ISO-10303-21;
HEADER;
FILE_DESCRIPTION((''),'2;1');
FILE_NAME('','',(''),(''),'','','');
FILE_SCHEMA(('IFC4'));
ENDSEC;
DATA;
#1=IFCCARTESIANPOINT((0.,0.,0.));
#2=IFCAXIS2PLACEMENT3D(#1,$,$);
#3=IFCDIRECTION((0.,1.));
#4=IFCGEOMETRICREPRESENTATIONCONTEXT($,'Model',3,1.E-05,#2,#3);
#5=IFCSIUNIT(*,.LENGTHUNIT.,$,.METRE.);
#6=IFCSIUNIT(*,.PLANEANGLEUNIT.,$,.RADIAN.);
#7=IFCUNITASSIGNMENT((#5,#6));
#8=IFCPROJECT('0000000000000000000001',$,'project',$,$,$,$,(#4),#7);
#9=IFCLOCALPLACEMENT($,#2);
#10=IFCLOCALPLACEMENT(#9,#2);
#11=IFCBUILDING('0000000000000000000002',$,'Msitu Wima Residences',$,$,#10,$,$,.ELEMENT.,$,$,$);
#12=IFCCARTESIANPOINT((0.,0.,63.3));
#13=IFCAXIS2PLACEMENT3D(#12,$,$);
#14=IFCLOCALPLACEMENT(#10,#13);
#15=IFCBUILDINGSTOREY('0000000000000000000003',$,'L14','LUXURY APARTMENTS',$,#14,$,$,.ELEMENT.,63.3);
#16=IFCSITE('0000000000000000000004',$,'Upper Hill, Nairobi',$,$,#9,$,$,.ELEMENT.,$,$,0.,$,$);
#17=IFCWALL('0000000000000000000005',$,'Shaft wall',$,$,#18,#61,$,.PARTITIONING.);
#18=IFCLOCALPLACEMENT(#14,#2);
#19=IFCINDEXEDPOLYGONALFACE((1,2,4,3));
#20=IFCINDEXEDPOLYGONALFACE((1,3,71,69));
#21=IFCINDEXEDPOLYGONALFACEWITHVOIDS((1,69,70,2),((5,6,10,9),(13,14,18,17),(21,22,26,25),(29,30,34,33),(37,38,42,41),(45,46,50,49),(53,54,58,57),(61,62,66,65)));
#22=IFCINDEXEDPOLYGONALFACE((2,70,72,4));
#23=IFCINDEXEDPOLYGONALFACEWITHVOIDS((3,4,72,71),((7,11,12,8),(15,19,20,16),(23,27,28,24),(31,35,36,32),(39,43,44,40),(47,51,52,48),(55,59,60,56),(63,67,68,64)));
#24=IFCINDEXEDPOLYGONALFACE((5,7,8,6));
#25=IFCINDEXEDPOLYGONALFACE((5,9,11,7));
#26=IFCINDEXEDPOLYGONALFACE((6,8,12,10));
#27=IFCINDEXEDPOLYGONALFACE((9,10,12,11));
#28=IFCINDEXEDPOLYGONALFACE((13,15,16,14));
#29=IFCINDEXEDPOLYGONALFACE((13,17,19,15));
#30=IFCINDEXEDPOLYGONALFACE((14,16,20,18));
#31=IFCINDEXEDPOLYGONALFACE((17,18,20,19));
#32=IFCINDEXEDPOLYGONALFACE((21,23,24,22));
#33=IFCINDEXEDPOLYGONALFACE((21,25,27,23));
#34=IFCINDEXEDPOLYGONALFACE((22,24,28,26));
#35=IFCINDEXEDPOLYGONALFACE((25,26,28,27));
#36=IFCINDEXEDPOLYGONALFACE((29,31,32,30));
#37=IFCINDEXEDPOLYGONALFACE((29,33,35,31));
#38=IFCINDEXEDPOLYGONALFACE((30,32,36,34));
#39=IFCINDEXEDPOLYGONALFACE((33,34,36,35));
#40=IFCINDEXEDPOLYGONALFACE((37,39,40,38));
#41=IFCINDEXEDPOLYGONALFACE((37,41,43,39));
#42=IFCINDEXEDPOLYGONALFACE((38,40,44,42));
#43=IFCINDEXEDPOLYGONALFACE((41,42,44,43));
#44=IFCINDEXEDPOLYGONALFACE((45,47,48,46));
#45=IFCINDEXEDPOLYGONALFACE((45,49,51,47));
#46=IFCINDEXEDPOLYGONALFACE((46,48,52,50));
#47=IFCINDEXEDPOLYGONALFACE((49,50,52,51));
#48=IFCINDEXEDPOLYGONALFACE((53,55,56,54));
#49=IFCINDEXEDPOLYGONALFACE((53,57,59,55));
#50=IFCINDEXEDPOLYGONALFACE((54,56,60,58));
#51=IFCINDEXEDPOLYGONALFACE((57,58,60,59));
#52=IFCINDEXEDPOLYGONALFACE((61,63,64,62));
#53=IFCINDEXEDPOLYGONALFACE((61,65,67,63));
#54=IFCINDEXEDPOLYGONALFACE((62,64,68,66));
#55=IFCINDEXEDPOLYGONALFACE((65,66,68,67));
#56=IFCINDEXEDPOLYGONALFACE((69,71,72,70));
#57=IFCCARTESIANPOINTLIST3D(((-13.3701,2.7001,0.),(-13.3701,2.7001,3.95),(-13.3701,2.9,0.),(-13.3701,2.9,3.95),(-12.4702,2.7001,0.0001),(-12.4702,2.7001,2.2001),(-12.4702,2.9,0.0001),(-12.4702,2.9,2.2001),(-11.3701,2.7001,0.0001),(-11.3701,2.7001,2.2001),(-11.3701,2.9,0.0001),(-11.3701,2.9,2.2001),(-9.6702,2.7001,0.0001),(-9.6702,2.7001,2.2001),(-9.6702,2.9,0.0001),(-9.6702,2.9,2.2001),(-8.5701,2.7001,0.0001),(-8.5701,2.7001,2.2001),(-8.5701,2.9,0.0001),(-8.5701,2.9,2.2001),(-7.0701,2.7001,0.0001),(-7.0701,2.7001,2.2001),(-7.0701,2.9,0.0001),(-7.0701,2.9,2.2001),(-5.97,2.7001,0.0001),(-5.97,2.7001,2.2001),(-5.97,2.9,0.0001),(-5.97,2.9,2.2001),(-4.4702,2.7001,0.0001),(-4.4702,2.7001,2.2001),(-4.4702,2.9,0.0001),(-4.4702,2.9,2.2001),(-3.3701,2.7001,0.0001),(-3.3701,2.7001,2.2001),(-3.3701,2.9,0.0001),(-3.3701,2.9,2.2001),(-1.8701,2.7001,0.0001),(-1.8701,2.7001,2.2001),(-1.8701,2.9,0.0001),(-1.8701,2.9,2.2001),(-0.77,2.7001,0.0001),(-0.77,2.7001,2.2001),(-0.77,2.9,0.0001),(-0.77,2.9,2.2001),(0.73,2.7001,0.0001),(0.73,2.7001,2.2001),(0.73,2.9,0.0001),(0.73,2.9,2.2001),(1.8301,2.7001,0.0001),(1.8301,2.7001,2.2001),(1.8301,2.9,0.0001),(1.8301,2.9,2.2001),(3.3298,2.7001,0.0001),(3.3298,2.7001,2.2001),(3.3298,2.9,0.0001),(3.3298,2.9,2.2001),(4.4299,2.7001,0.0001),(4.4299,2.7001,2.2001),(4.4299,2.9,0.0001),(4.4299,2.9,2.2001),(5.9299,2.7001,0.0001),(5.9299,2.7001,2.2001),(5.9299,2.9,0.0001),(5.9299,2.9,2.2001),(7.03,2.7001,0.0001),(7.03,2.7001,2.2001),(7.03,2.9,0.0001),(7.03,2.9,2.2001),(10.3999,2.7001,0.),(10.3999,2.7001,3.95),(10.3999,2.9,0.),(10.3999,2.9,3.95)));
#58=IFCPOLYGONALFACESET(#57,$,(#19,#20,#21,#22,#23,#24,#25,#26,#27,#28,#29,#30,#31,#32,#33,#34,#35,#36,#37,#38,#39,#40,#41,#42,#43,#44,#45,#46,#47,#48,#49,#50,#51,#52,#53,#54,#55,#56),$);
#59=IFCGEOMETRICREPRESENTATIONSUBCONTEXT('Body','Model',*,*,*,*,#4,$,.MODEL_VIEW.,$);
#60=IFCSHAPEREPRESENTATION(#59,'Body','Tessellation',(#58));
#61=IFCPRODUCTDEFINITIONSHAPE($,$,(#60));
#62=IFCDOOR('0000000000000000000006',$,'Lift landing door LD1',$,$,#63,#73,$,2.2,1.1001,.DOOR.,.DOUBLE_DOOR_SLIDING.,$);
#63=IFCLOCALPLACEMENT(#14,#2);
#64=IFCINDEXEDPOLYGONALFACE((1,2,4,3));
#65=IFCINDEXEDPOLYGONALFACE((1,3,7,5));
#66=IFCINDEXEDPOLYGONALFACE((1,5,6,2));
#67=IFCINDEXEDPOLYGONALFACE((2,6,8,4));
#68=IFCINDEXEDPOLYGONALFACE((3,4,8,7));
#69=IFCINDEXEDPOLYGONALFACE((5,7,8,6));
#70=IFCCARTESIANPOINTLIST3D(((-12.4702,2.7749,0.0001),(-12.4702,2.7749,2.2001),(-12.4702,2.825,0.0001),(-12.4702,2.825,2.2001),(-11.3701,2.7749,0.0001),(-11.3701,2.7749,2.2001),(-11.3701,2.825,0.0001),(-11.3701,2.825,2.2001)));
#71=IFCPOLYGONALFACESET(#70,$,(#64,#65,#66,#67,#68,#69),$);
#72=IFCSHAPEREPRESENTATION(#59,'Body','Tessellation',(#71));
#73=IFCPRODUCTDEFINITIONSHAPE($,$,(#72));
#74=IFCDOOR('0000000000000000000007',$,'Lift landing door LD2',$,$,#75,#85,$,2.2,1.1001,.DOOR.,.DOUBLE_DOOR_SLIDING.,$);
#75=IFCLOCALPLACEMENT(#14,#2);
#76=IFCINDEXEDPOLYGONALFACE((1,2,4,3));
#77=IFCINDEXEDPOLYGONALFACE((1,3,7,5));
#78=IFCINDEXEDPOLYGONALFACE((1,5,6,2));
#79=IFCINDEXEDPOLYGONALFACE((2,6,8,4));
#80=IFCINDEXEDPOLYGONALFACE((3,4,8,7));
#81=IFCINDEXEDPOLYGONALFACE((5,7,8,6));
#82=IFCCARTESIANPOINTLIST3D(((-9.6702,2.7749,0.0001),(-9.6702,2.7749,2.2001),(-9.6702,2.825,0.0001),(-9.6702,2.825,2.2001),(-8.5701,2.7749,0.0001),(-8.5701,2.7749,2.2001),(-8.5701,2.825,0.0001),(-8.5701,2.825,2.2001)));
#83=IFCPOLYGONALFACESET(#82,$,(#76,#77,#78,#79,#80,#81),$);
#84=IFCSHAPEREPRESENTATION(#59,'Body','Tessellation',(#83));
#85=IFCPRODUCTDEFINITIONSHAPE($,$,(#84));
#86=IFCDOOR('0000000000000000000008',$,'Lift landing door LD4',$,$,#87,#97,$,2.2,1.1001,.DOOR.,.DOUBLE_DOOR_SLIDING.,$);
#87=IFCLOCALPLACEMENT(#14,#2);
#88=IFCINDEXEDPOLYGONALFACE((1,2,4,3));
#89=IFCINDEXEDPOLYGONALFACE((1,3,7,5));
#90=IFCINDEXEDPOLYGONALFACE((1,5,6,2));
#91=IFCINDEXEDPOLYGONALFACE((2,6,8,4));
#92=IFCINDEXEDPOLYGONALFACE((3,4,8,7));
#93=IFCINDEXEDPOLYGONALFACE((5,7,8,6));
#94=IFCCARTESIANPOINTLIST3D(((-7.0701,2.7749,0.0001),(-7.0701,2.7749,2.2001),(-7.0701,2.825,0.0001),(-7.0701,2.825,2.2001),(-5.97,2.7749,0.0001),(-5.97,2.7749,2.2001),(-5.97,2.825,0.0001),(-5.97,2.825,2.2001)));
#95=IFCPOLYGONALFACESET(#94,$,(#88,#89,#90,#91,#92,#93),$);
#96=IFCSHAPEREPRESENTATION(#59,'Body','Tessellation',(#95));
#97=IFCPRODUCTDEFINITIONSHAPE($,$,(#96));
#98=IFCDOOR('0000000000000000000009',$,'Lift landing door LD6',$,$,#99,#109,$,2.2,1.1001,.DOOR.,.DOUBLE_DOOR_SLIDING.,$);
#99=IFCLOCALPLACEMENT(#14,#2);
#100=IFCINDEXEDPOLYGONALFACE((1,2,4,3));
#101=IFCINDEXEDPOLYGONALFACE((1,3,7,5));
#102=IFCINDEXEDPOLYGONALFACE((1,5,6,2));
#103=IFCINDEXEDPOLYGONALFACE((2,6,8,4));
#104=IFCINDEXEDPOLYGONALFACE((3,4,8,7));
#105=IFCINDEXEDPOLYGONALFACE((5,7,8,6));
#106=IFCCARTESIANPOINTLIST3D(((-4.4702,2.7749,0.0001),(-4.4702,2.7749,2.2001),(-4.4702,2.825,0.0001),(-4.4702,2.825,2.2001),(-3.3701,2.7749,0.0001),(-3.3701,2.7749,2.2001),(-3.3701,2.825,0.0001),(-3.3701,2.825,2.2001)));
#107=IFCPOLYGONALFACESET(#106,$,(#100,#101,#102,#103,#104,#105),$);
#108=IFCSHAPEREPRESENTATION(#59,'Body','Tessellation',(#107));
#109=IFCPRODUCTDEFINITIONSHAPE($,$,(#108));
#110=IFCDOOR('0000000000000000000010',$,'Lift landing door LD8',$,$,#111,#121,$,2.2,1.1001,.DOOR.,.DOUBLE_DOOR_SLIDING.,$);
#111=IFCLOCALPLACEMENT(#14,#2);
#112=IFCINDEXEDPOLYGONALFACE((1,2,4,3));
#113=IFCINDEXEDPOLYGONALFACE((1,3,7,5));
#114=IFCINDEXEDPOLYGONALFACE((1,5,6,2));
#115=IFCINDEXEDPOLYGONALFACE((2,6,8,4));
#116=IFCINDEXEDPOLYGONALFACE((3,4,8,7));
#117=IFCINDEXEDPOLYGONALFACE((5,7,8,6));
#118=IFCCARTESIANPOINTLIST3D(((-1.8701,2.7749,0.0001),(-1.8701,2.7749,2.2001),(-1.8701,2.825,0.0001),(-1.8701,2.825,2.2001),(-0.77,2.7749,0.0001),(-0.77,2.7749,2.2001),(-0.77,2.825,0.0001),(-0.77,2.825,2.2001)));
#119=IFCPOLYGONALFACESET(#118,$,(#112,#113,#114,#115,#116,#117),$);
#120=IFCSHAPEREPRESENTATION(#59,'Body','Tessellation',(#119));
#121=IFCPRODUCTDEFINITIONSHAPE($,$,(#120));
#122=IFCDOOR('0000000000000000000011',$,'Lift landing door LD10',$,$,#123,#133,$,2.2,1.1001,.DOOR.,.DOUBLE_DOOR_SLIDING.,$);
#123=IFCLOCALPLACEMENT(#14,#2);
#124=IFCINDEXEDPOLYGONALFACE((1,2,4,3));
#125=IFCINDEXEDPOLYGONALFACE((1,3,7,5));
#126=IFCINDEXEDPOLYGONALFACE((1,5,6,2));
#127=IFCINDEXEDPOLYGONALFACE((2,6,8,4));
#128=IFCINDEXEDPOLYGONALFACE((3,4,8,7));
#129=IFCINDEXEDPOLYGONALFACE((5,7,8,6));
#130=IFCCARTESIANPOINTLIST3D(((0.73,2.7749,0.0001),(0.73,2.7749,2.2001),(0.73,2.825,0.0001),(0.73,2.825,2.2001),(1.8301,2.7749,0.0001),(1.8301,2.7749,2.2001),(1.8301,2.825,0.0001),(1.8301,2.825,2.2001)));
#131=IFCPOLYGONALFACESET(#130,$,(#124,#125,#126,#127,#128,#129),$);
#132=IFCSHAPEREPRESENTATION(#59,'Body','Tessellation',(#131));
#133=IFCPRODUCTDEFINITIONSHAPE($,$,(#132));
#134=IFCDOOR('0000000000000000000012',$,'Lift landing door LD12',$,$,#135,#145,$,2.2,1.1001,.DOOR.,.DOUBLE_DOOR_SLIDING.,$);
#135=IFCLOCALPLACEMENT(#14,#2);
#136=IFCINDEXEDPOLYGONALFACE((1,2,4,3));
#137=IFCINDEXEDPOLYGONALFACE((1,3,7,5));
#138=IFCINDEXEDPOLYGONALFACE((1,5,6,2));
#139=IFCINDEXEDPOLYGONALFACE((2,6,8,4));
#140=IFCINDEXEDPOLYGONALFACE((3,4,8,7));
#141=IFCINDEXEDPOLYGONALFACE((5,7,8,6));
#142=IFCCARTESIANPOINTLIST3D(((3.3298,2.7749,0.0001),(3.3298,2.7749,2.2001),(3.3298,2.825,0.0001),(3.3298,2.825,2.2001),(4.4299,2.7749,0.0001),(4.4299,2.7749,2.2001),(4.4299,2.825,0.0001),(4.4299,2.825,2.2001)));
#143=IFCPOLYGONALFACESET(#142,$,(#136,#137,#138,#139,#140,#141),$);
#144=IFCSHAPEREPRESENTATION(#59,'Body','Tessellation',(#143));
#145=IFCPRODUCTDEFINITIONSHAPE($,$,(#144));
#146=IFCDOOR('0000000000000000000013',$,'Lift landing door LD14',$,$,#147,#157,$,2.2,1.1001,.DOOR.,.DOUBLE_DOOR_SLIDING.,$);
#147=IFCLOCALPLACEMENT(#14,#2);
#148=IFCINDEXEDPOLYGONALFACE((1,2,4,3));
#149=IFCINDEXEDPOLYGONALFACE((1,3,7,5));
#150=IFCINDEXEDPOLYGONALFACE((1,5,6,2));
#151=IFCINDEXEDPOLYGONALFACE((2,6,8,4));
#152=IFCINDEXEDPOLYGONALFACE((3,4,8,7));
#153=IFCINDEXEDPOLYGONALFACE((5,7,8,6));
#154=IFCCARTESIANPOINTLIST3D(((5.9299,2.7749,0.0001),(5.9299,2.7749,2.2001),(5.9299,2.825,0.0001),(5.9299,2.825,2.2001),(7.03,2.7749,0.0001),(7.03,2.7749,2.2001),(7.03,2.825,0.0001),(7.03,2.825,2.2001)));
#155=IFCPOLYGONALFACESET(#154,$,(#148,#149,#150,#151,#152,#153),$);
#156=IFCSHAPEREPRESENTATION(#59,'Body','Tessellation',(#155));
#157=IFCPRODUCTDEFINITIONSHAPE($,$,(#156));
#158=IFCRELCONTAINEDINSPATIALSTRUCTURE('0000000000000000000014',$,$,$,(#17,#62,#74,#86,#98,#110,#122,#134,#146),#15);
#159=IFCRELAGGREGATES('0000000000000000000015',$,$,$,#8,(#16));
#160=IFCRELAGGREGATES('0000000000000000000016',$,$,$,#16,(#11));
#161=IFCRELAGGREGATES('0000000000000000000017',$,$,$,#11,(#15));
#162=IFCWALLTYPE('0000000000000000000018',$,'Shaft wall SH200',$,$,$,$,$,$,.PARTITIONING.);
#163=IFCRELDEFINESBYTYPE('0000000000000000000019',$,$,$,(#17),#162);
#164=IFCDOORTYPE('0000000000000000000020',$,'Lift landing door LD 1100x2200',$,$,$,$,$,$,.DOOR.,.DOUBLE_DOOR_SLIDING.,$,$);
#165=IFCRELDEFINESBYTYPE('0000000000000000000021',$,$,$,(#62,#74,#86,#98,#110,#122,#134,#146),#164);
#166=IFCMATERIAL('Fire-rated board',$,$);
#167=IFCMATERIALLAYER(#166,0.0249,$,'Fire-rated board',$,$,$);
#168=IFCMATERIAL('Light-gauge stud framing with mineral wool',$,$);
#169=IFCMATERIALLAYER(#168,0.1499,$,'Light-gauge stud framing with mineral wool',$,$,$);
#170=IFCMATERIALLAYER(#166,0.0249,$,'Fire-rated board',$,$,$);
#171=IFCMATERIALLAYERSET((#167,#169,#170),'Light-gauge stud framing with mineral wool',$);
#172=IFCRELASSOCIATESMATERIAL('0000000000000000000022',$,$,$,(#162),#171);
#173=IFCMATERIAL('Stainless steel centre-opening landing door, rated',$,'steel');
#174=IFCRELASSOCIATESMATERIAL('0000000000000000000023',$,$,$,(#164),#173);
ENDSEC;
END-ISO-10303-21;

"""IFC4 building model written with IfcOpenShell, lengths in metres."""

from ifc_helpers import new_model, si_unit, direction, frame, frame_2d, origin, place, context, subcontext, project, spatial, rectangle, extrude, material, layer, layer_set, type_object, element, fill, save


model = new_model("IFC4")

# Units and contexts
model_context = context("Model", 3, precision=1e-05, world=origin(), true_north=direction((0.0, 1.0)))
body_context = subcontext(model_context, "Body", "Model", "MODEL_VIEW")
ifc_project = project(units=[si_unit("LENGTHUNIT", "METRE"), si_unit("PLANEANGLEUNIT", "RADIAN")], contexts=[model_context])

# Site, building, storey
site_placement = place(None, origin())
site = spatial("IfcSite", under=ifc_project, at=site_placement, Name="Upper Hill, Nairobi", CompositionType="ELEMENT", RefElevation=0.0)
building_placement = place(site_placement, origin())
building = spatial("IfcBuilding", under=site, at=building_placement, Name="Msitu Wima Residences", CompositionType="ELEMENT")
storey_placement = place(building_placement, frame((0.0, 0.0, 63.3)))
storey = spatial("IfcBuildingStorey", under=building, at=storey_placement, Name="L14", Description="LUXURY APARTMENTS", CompositionType="ELEMENT", Elevation=63.3)

# Wall, openings, doors
ifc_material_1 = material(Name="Fire-rated board")
ifc_layer_1 = layer(ifc_material_1, 0.0249, Name="Fire-rated board")
ifc_material_2 = material(Name="Light-gauge stud framing with mineral wool")
ifc_layer_2 = layer(ifc_material_2, 0.1499, Name="Light-gauge stud framing with mineral wool")
ifc_layer_3 = layer(ifc_material_1, 0.0249, Name="Fire-rated board")
ifc_layer_set_1 = layer_set([ifc_layer_1, ifc_layer_2, ifc_layer_3], Name="Light-gauge stud framing with mineral wool")
wall_type_1 = type_object("IfcWallType", Name="Shaft wall SH200", PredefinedType="PARTITIONING", material=ifc_layer_set_1)
wall_1_placement = place(storey_placement, frame((-13.3701, 2.8, 0.0), z_axis=(0.0, 0.0, 1.0), x_axis=(1.0, 0.0, 0.0)))
wall_1 = element("IfcWall", 1, at=wall_1_placement, inside=storey, type_object=wall_type_1, Name="Shaft wall", PredefinedType="PARTITIONING", context=body_context, shape_type="SweptSolid", body=[
    extrude(rectangle(XDim=23.77, YDim=0.2, at=frame_2d((11.885, 0.0))), origin(), (0.0, 0.0, 1.0), 3.95),
])
opening_1_placement = place(wall_1_placement, frame((0.8999, 0.0, 0.0)))
opening_1 = element("IfcOpeningElement", 2, at=opening_1_placement, cuts=wall_1, PredefinedType="OPENING", context=body_context, shape_type="SweptSolid", body=[
    extrude(rectangle(XDim=1.1001, YDim=2.2, at=frame_2d((0.55, 1.1001))), frame((0.0, 0.1099, 0.0), z_axis=(0.0, -1.0, 0.0), x_axis=(1.0, 0.0, 0.0)), (0.0, 0.0, 1.0), 0.22),
])
opening_2_placement = place(wall_1_placement, frame((3.7, 0.0, 0.0)))
opening_2 = element("IfcOpeningElement", 3, at=opening_2_placement, cuts=wall_1, PredefinedType="OPENING", context=body_context, shape_type="SweptSolid", body=[
    extrude(rectangle(XDim=1.1001, YDim=2.2, at=frame_2d((0.55, 1.1001))), frame((0.0, 0.1099, 0.0), z_axis=(0.0, -1.0, 0.0), x_axis=(1.0, 0.0, 0.0)), (0.0, 0.0, 1.0), 0.22),
])
opening_3_placement = place(wall_1_placement, frame((6.3, 0.0, 0.0)))
opening_3 = element("IfcOpeningElement", 4, at=opening_3_placement, cuts=wall_1, PredefinedType="OPENING", context=body_context, shape_type="SweptSolid", body=[
    extrude(rectangle(XDim=1.1001, YDim=2.2, at=frame_2d((0.55, 1.1001))), frame((0.0, 0.1099, 0.0), z_axis=(0.0, -1.0, 0.0), x_axis=(1.0, 0.0, 0.0)), (0.0, 0.0, 1.0), 0.22),
])
opening_4_placement = place(wall_1_placement, frame((8.8999, 0.0, 0.0)))
opening_4 = element("IfcOpeningElement", 5, at=opening_4_placement, cuts=wall_1, PredefinedType="OPENING", context=body_context, shape_type="SweptSolid", body=[
    extrude(rectangle(XDim=1.1001, YDim=2.2, at=frame_2d((0.55, 1.1001))), frame((0.0, 0.1099, 0.0), z_axis=(0.0, -1.0, 0.0), x_axis=(1.0, 0.0, 0.0)), (0.0, 0.0, 1.0), 0.22),
])
opening_5_placement = place(wall_1_placement, frame((11.5, 0.0, 0.0)))
opening_5 = element("IfcOpeningElement", 6, at=opening_5_placement, cuts=wall_1, PredefinedType="OPENING", context=body_context, shape_type="SweptSolid", body=[
    extrude(rectangle(XDim=1.1001, YDim=2.2, at=frame_2d((0.55, 1.1001))), frame((0.0, 0.1099, 0.0), z_axis=(0.0, -1.0, 0.0), x_axis=(1.0, 0.0, 0.0)), (0.0, 0.0, 1.0), 0.22),
])
opening_6_placement = place(wall_1_placement, frame((14.1001, 0.0, 0.0)))
opening_6 = element("IfcOpeningElement", 7, at=opening_6_placement, cuts=wall_1, PredefinedType="OPENING", context=body_context, shape_type="SweptSolid", body=[
    extrude(rectangle(XDim=1.1001, YDim=2.2, at=frame_2d((0.55, 1.1001))), frame((0.0, 0.1099, 0.0), z_axis=(0.0, -1.0, 0.0), x_axis=(1.0, 0.0, 0.0)), (0.0, 0.0, 1.0), 0.22),
])
opening_7_placement = place(wall_1_placement, frame((16.7, 0.0, 0.0)))
opening_7 = element("IfcOpeningElement", 8, at=opening_7_placement, cuts=wall_1, PredefinedType="OPENING", context=body_context, shape_type="SweptSolid", body=[
    extrude(rectangle(XDim=1.1001, YDim=2.2, at=frame_2d((0.55, 1.1001))), frame((0.0, 0.1099, 0.0), z_axis=(0.0, -1.0, 0.0), x_axis=(1.0, 0.0, 0.0)), (0.0, 0.0, 1.0), 0.22),
])
opening_8_placement = place(wall_1_placement, frame((19.3, 0.0, 0.0)))
opening_8 = element("IfcOpeningElement", 9, at=opening_8_placement, cuts=wall_1, PredefinedType="OPENING", context=body_context, shape_type="SweptSolid", body=[
    extrude(rectangle(XDim=1.1001, YDim=2.2, at=frame_2d((0.55, 1.1001))), frame((0.0, 0.1099, 0.0), z_axis=(0.0, -1.0, 0.0), x_axis=(1.0, 0.0, 0.0)), (0.0, 0.0, 1.0), 0.22),
])
ifc_material_3 = material(Name="Stainless steel centre-opening landing door, rated", Category="steel")
door_type_1 = type_object("IfcDoorType", Name="Lift landing door LD 1100x2200", OperationType="DOUBLE_DOOR_SLIDING", PredefinedType="DOOR", material=ifc_material_3)
door_1_placement = place(opening_1_placement, origin())
door_1 = element("IfcDoor", 10, at=door_1_placement, inside=storey, type_object=door_type_1, Name="Lift landing door LD1", OperationType="DOUBLE_DOOR_SLIDING", OverallHeight=2.2, OverallWidth=1.1001, PredefinedType="DOOR", context=body_context, shape_type="SweptSolid", body=[
    extrude(rectangle(XDim=1.1001, YDim=2.2, at=frame_2d((0.55, 1.1001))), frame((0.0, 0.0249, 0.0), z_axis=(0.0, -1.0, 0.0), x_axis=(1.0, 0.0, 0.0)), (0.0, 0.0, 1.0), 0.05),
])
fill(opening_1, door_1)
door_2_placement = place(opening_2_placement, origin())
door_2 = element("IfcDoor", 11, at=door_2_placement, inside=storey, type_object=door_type_1, Name="Lift landing door LD2", OperationType="DOUBLE_DOOR_SLIDING", OverallHeight=2.2, OverallWidth=1.1001, PredefinedType="DOOR", context=body_context, shape_type="SweptSolid", body=[
    extrude(rectangle(XDim=1.1001, YDim=2.2, at=frame_2d((0.55, 1.1001))), frame((0.0, 0.0249, 0.0), z_axis=(0.0, -1.0, 0.0), x_axis=(1.0, 0.0, 0.0)), (0.0, 0.0, 1.0), 0.05),
])
fill(opening_2, door_2)
door_3_placement = place(opening_3_placement, origin())
door_3 = element("IfcDoor", 12, at=door_3_placement, inside=storey, type_object=door_type_1, Name="Lift landing door LD4", OperationType="DOUBLE_DOOR_SLIDING", OverallHeight=2.2, OverallWidth=1.1001, PredefinedType="DOOR", context=body_context, shape_type="SweptSolid", body=[
    extrude(rectangle(XDim=1.1001, YDim=2.2, at=frame_2d((0.55, 1.1001))), frame((0.0, 0.0249, 0.0), z_axis=(0.0, -1.0, 0.0), x_axis=(1.0, 0.0, 0.0)), (0.0, 0.0, 1.0), 0.05),
])
fill(opening_3, door_3)
door_4_placement = place(opening_4_placement, origin())
door_4 = element("IfcDoor", 13, at=door_4_placement, inside=storey, type_object=door_type_1, Name="Lift landing door LD6", OperationType="DOUBLE_DOOR_SLIDING", OverallHeight=2.2, OverallWidth=1.1001, PredefinedType="DOOR", context=body_context, shape_type="SweptSolid", body=[
    extrude(rectangle(XDim=1.1001, YDim=2.2, at=frame_2d((0.55, 1.1001))), frame((0.0, 0.0249, 0.0), z_axis=(0.0, -1.0, 0.0), x_axis=(1.0, 0.0, 0.0)), (0.0, 0.0, 1.0), 0.05),
])
fill(opening_4, door_4)
door_5_placement = place(opening_5_placement, origin())
door_5 = element("IfcDoor", 14, at=door_5_placement, inside=storey, type_object=door_type_1, Name="Lift landing door LD8", OperationType="DOUBLE_DOOR_SLIDING", OverallHeight=2.2, OverallWidth=1.1001, PredefinedType="DOOR", context=body_context, shape_type="SweptSolid", body=[
    extrude(rectangle(XDim=1.1001, YDim=2.2, at=frame_2d((0.55, 1.1001))), frame((0.0, 0.0249, 0.0), z_axis=(0.0, -1.0, 0.0), x_axis=(1.0, 0.0, 0.0)), (0.0, 0.0, 1.0), 0.05),
])
fill(opening_5, door_5)
door_6_placement = place(opening_6_placement, origin())
door_6 = element("IfcDoor", 15, at=door_6_placement, inside=storey, type_object=door_type_1, Name="Lift landing door LD10", OperationType="DOUBLE_DOOR_SLIDING", OverallHeight=2.2, OverallWidth=1.1001, PredefinedType="DOOR", context=body_context, shape_type="SweptSolid", body=[
    extrude(rectangle(XDim=1.1001, YDim=2.2, at=frame_2d((0.55, 1.1001))), frame((0.0, 0.0249, 0.0), z_axis=(0.0, -1.0, 0.0), x_axis=(1.0, 0.0, 0.0)), (0.0, 0.0, 1.0), 0.05),
])
fill(opening_6, door_6)
door_7_placement = place(opening_7_placement, origin())
door_7 = element("IfcDoor", 16, at=door_7_placement, inside=storey, type_object=door_type_1, Name="Lift landing door LD12", OperationType="DOUBLE_DOOR_SLIDING", OverallHeight=2.2, OverallWidth=1.1001, PredefinedType="DOOR", context=body_context, shape_type="SweptSolid", body=[
    extrude(rectangle(XDim=1.1001, YDim=2.2, at=frame_2d((0.55, 1.1001))), frame((0.0, 0.0249, 0.0), z_axis=(0.0, -1.0, 0.0), x_axis=(1.0, 0.0, 0.0)), (0.0, 0.0, 1.0), 0.05),
])
fill(opening_7, door_7)
door_8_placement = place(opening_8_placement, origin())
door_8 = element("IfcDoor", 17, at=door_8_placement, inside=storey, type_object=door_type_1, Name="Lift landing door LD14", OperationType="DOUBLE_DOOR_SLIDING", OverallHeight=2.2, OverallWidth=1.1001, PredefinedType="DOOR", context=body_context, shape_type="SweptSolid", body=[
    extrude(rectangle(XDim=1.1001, YDim=2.2, at=frame_2d((0.55, 1.1001))), frame((0.0, 0.0249, 0.0), z_axis=(0.0, -1.0, 0.0), x_axis=(1.0, 0.0, 0.0)), (0.0, 0.0, 1.0), 0.05),
])
fill(opening_8, door_8)

save(model, "model.ifc")
